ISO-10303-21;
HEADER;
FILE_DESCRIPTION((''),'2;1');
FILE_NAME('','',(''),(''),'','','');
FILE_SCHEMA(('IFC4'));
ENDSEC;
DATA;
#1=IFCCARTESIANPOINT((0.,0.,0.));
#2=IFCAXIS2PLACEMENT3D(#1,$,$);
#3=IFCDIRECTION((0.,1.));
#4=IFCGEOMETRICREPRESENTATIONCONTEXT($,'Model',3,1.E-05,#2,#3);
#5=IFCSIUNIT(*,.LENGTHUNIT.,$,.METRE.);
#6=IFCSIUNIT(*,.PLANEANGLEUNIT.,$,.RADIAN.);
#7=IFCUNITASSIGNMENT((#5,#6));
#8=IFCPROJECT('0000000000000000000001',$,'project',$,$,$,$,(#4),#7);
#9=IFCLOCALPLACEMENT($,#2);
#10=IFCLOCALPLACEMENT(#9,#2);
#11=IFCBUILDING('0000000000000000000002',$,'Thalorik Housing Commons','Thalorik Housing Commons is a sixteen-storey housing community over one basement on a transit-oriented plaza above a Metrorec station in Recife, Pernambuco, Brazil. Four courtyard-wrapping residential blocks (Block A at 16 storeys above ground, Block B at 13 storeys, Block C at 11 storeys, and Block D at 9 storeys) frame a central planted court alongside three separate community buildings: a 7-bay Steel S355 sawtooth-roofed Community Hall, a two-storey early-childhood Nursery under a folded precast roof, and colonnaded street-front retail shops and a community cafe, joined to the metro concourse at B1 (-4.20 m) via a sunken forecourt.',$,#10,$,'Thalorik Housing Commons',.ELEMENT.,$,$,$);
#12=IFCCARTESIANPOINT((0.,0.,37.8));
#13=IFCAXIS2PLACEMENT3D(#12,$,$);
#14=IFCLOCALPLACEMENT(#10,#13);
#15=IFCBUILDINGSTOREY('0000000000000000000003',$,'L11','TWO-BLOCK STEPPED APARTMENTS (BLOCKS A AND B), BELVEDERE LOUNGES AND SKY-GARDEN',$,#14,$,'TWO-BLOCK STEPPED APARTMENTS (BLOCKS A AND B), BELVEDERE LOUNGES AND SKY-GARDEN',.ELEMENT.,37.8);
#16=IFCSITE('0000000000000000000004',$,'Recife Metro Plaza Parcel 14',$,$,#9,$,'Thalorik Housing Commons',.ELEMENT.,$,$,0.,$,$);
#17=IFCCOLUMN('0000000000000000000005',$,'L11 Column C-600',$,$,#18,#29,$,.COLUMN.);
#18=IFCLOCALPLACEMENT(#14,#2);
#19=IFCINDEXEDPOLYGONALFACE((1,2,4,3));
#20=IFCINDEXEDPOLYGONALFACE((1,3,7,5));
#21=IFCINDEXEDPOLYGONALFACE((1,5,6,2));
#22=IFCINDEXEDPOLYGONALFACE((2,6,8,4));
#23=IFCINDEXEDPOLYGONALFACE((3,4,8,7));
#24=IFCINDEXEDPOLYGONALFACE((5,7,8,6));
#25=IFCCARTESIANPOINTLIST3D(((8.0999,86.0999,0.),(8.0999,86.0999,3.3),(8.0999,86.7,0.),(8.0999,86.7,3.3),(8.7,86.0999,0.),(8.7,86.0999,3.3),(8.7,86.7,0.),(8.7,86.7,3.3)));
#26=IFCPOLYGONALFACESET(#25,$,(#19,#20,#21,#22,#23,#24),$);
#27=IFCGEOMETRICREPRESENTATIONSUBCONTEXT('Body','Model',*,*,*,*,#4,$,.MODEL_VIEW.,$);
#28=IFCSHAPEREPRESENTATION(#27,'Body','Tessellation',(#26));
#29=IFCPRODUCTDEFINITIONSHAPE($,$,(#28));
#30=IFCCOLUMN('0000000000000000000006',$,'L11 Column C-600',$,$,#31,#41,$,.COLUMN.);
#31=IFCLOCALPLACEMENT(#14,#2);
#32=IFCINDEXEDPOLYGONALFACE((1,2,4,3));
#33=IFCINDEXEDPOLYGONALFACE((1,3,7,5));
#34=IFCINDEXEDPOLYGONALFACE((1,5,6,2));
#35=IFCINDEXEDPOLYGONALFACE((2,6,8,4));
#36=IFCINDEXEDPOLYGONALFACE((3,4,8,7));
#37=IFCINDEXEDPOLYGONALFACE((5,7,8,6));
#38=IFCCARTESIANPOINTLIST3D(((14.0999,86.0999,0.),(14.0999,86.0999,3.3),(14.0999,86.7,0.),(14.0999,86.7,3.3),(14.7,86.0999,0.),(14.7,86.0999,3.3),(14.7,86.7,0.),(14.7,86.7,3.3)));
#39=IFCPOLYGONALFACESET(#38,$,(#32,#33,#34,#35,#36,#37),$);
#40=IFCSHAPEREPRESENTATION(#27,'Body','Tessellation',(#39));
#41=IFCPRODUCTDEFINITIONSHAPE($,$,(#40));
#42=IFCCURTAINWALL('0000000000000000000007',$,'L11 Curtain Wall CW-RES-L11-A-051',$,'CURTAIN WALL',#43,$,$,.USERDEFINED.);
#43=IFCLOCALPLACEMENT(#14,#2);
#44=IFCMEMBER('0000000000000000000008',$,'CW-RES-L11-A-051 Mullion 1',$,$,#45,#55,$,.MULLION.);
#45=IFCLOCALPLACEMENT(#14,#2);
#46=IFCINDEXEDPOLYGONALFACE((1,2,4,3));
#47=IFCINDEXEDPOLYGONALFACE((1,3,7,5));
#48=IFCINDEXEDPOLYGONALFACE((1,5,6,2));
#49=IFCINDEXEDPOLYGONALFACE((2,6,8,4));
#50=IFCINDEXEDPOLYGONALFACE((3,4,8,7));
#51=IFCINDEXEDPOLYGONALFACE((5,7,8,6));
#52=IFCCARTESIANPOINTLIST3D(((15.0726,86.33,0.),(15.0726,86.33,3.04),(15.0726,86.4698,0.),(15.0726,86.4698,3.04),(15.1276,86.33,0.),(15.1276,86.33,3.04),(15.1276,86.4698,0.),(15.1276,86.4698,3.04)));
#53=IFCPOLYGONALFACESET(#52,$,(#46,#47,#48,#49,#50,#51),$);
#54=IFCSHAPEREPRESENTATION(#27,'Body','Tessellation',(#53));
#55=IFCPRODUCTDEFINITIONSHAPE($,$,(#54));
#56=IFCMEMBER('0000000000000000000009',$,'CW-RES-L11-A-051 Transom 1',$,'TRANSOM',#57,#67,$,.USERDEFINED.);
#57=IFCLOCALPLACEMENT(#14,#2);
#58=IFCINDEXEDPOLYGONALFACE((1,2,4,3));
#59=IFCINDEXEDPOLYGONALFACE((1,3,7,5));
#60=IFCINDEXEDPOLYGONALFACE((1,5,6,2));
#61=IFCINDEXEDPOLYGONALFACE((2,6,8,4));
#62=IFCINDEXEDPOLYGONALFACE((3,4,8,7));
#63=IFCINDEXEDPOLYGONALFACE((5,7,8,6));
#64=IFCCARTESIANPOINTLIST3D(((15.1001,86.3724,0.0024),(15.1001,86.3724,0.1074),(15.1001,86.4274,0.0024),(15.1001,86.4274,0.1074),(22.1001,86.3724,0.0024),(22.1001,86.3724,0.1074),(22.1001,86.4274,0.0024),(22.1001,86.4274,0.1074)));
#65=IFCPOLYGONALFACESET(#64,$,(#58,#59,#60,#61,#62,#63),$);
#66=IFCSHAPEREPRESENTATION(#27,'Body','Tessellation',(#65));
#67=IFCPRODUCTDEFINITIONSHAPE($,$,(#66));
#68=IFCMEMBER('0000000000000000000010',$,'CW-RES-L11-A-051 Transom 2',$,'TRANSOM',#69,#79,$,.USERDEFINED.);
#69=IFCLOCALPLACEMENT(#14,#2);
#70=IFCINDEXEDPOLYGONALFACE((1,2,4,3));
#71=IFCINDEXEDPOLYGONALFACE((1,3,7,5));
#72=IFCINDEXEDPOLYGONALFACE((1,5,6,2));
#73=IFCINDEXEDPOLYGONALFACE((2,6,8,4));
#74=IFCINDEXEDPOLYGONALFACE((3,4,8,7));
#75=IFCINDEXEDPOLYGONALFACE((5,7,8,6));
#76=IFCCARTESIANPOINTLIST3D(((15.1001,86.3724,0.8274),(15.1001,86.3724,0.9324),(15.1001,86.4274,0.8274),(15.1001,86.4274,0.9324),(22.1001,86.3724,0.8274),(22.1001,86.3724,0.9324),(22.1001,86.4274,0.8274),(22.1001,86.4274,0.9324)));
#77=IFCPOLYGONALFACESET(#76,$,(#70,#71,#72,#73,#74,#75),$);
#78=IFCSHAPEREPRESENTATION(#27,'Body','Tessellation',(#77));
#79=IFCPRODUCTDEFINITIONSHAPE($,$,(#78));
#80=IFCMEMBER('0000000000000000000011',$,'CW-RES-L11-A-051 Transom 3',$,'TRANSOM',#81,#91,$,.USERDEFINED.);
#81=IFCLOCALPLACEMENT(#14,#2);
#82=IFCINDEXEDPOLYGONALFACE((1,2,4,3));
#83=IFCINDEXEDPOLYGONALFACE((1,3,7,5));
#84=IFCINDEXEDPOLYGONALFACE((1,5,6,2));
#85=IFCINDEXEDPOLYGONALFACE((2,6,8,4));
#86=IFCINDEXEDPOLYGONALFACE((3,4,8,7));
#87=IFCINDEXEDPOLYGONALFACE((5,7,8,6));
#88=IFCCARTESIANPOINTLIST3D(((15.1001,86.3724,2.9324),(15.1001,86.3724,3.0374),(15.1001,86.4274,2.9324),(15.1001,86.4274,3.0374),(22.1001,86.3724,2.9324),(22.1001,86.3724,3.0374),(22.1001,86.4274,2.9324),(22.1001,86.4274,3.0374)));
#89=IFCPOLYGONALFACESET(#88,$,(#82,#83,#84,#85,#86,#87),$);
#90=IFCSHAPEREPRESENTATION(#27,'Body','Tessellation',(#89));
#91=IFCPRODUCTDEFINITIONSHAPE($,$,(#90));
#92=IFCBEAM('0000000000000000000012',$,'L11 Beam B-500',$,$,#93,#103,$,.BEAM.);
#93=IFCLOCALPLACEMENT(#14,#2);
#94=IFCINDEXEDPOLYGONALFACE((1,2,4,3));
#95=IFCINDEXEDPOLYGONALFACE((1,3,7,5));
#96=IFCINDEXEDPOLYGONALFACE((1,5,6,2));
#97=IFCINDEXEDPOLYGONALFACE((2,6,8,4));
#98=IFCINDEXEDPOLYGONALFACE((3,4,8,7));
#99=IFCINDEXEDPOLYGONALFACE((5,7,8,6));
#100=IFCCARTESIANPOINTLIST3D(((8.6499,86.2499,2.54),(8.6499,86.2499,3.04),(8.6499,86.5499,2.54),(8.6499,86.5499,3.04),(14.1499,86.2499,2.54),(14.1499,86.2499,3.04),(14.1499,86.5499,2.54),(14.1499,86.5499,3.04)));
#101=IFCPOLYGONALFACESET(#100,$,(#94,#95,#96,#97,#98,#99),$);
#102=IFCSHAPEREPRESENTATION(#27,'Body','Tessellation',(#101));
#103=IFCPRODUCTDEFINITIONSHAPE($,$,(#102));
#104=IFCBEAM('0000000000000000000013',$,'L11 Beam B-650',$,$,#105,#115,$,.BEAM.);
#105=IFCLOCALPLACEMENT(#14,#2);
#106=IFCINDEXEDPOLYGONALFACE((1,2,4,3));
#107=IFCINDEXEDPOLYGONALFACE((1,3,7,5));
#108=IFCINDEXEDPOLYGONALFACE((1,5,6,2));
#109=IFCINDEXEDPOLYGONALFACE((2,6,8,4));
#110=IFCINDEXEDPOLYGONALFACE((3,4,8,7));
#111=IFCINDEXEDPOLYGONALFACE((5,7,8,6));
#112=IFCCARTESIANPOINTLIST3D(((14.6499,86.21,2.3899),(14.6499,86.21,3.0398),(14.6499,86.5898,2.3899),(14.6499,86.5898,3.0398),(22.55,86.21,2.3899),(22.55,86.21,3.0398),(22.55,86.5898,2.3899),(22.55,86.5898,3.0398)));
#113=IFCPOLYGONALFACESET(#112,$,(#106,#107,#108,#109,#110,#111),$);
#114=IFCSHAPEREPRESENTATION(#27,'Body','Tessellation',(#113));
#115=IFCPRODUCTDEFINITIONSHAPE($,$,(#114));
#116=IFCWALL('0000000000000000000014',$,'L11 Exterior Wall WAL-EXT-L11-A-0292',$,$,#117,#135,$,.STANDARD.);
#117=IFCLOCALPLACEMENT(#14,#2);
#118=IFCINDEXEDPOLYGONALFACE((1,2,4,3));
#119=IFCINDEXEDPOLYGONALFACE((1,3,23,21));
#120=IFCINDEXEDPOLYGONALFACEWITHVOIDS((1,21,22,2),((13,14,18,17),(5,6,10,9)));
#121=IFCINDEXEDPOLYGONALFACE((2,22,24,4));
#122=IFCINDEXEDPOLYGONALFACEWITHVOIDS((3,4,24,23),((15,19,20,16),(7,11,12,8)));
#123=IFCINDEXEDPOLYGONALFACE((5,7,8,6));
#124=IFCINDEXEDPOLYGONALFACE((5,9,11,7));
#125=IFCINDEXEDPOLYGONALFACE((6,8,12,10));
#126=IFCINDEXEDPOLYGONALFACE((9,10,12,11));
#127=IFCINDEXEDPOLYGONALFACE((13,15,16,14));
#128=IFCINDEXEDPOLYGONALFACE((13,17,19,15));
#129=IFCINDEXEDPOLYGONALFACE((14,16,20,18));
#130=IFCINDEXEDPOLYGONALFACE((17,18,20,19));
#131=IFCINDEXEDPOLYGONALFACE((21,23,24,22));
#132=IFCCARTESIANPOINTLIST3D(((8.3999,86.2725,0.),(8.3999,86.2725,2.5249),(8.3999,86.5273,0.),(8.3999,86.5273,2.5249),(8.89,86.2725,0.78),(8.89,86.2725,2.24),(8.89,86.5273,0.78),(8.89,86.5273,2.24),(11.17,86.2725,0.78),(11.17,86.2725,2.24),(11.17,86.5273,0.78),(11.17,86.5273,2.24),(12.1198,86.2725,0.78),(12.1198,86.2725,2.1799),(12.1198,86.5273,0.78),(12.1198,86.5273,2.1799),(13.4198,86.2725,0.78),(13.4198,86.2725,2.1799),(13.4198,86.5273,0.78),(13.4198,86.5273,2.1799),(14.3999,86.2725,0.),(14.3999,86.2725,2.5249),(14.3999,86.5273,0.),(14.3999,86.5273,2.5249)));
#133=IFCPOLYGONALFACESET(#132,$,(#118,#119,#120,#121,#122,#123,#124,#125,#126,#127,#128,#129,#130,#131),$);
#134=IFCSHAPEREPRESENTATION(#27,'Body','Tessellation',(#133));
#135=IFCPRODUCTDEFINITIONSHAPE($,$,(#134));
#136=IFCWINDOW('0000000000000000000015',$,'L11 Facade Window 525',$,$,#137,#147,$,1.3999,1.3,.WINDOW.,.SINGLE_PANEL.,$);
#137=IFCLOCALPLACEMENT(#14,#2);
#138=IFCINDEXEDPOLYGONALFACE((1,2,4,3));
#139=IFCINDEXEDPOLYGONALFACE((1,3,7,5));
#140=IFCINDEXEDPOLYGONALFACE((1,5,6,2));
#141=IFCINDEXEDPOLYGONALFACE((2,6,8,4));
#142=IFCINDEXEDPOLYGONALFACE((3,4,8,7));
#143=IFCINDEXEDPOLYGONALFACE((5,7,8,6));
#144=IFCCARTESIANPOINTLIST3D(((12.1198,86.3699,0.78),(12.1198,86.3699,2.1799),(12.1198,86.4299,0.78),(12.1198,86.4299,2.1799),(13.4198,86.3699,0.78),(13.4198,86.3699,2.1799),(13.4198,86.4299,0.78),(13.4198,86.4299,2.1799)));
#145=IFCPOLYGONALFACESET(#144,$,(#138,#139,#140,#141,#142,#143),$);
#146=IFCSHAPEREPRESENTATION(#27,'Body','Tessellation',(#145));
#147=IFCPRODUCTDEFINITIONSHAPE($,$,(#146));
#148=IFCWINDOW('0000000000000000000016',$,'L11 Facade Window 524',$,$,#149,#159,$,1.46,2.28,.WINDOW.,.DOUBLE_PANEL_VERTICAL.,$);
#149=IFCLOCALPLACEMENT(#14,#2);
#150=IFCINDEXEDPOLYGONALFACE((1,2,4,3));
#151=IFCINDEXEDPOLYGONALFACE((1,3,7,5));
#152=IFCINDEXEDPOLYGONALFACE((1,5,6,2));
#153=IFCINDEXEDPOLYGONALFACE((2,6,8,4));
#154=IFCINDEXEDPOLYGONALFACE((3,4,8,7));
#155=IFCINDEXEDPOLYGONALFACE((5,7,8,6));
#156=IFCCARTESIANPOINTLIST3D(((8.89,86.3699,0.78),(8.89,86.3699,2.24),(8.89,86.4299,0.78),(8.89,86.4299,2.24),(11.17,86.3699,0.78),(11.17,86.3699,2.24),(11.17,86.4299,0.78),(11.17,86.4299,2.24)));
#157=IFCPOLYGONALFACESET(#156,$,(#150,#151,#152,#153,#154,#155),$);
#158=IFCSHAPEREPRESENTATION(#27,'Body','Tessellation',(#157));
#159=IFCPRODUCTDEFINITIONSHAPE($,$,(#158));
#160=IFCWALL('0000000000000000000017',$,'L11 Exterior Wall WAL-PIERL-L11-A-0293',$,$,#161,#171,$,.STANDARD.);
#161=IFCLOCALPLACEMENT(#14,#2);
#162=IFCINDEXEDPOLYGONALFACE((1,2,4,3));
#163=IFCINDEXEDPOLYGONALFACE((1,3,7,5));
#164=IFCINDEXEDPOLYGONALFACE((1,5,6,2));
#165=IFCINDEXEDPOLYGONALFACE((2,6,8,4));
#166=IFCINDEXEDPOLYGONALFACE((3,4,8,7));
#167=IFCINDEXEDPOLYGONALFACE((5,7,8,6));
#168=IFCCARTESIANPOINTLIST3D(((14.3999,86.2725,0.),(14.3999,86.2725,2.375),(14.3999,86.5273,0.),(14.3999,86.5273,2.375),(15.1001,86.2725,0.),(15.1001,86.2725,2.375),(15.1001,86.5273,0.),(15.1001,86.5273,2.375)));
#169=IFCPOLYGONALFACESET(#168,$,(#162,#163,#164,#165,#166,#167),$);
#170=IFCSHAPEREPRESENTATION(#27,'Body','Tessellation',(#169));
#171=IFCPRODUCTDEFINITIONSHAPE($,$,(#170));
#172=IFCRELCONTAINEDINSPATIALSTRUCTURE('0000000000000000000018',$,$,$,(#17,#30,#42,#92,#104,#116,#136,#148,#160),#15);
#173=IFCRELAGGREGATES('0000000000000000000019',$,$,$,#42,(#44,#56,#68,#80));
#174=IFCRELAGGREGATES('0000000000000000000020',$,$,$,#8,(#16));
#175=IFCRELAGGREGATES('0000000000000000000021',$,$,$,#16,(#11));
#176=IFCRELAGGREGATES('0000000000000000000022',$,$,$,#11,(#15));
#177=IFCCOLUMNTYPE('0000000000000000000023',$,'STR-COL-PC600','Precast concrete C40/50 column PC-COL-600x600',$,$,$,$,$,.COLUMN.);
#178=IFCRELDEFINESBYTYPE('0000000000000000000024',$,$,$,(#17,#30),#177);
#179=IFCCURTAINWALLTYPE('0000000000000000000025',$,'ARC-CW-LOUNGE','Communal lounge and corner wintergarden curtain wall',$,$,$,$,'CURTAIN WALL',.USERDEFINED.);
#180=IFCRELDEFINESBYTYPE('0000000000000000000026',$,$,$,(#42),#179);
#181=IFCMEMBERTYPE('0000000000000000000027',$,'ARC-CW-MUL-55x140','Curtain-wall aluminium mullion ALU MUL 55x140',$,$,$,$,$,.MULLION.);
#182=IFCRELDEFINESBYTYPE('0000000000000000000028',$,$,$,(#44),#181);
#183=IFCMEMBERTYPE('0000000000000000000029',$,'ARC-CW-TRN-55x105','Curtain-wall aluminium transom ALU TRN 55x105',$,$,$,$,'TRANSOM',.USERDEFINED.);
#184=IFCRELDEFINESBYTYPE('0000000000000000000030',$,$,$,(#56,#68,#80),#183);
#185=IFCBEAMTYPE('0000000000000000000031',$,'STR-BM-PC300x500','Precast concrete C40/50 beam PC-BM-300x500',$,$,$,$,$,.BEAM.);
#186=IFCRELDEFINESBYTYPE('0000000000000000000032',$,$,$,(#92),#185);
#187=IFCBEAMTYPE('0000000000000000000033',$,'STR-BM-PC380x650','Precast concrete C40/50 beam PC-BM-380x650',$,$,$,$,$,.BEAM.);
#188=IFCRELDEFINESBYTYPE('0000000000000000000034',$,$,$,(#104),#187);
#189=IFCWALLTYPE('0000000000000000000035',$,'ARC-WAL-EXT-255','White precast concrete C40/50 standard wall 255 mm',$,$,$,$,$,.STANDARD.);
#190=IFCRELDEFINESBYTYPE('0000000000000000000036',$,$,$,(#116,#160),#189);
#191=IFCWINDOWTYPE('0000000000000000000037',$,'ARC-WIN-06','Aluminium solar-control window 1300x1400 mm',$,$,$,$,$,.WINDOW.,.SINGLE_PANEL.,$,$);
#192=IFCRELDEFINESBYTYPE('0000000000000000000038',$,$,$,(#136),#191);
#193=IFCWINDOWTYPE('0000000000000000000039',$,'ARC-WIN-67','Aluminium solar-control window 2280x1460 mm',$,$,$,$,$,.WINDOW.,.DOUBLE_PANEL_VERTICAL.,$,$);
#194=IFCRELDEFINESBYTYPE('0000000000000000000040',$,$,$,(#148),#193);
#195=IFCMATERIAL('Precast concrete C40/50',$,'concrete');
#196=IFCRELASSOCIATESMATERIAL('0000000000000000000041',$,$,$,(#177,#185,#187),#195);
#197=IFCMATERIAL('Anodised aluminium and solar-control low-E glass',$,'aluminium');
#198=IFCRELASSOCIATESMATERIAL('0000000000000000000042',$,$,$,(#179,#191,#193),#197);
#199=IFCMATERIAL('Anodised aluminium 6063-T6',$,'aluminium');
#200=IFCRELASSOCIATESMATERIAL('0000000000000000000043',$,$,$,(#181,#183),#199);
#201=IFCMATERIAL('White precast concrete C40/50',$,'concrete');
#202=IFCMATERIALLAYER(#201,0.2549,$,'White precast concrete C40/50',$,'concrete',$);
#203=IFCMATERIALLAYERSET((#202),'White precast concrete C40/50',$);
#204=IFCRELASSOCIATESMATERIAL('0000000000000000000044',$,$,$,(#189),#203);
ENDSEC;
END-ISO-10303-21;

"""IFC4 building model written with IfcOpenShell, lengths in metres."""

from ifc_helpers import new_model, si_unit, direction, frame, frame_2d, origin, origin_2d, place, context, subcontext, project, spatial, rectangle, extrude, material, layer, layer_set, material_profile, profile_set, type_object, element, fill, aggregate, save


model = new_model("IFC4")

# Units and contexts
model_context = context("Model", 3, precision=1e-05, world=origin(), true_north=direction((0.0, 1.0)))
body_context = subcontext(model_context, "Body", "Model", "MODEL_VIEW")
ifc_project = project(units=[si_unit("LENGTHUNIT", "METRE"), si_unit("PLANEANGLEUNIT", "RADIAN")], contexts=[model_context])

# Site, building, storey
site_placement = place(None, origin())
site = spatial("IfcSite", under=ifc_project, at=site_placement, Name="Recife Metro Plaza Parcel 14", LongName="Thalorik Housing Commons", CompositionType="ELEMENT", RefElevation=0.0)
building_placement = place(site_placement, origin())
building = spatial("IfcBuilding", under=site, at=building_placement, Name="Thalorik Housing Commons", Description="Thalorik Housing Commons is a sixteen-storey housing community over one basement on a transit-oriented plaza above a Metrorec station in Recife, Pernambuco, Brazil. Four courtyard-wrapping residential blocks (Block A at 16 storeys above ground, Block B at 13 storeys, Block C at 11 storeys, and Block D at 9 storeys) frame a central planted court alongside three separate community buildings: a 7-bay Steel S355 sawtooth-roofed Community Hall, a two-storey early-childhood Nursery under a folded precast roof, and colonnaded street-front retail shops and a community cafe, joined to the metro concourse at B1 (-4.20 m) via a sunken forecourt.", LongName="Thalorik Housing Commons", CompositionType="ELEMENT")
storey_placement = place(building_placement, frame((0.0, 0.0, 37.8)))
storey = spatial("IfcBuildingStorey", under=building, at=storey_placement, Name="L11", Description="TWO-BLOCK STEPPED APARTMENTS (BLOCKS A AND B), BELVEDERE LOUNGES AND SKY-GARDEN", LongName="TWO-BLOCK STEPPED APARTMENTS (BLOCKS A AND B), BELVEDERE LOUNGES AND SKY-GARDEN", CompositionType="ELEMENT", Elevation=37.8)

# Columns
ifc_material_1 = material(Name="Precast concrete C40/50", Category="concrete")
ifc_material_profile_1 = material_profile(ifc_material_1, rectangle(XDim=0.6001, YDim=0.6001, at=origin_2d()), Name="PC 600x600", Category="concrete")
ifc_profile_set_1 = profile_set([ifc_material_profile_1], Name="Precast concrete C40/50")
column_type = type_object("IfcColumnType", Name="STR-COL-PC600", Description="Precast concrete C40/50 column PC-COL-600x600", PredefinedType="COLUMN", material=ifc_profile_set_1)
for number, where, z_axis, x_axis, name in (
    (1, (8.3999, 86.3999, 0.0), (0.0, 0.0, 1.0), (1.0, 0.0, 0.0), "L11 Column C-600"),
    (2, (14.3999, 86.3999, 0.0), (0.0, 0.0, 1.0), (1.0, 0.0, 0.0), "L11 Column C-600"),
):
    element("IfcColumn", number, at=place(storey_placement, frame(where, z_axis=z_axis, x_axis=x_axis)), inside=storey, type_object=column_type, Name=name, PredefinedType="COLUMN", context=body_context, shape_type="SweptSolid", body=[
        extrude(rectangle(XDim=0.6001, YDim=0.6001, at=origin_2d()), origin(), (0.0, 0.0, 1.0), 3.3),
    ])

# Curtain wall, members
ifc_material_2 = material(Name="Anodised aluminium and solar-control low-E glass", Category="aluminium")
curtain_wall_type = type_object("IfcCurtainWallType", Name="ARC-CW-LOUNGE", Description="Communal lounge and corner wintergarden curtain wall", ElementType="CURTAIN WALL", PredefinedType="USERDEFINED", material=ifc_material_2)
curtain_wall_placement = place(storey_placement, origin())
curtain_wall = element("IfcCurtainWall", 3, at=curtain_wall_placement, inside=storey, type_object=curtain_wall_type, Name="L11 Curtain Wall CW-RES-L11-A-051", ObjectType="CURTAIN WALL", PredefinedType="USERDEFINED")
ifc_material_3 = material(Name="Anodised aluminium 6063-T6", Category="aluminium")
ifc_material_profile_2 = material_profile(ifc_material_3, rectangle(XDim=0.0549, YDim=0.1399, at=origin_2d()), Name="ALU MUL 55x140", Category="aluminium")
ifc_profile_set_2 = profile_set([ifc_material_profile_2], Name="Anodised aluminium 6063-T6")
member_type_1 = type_object("IfcMemberType", Name="ARC-CW-MUL-55x140", Description="Curtain-wall aluminium mullion ALU MUL 55x140", PredefinedType="MULLION", material=ifc_profile_set_2)
member_1_placement = place(storey_placement, frame((15.1001, 86.3999, 0.0), z_axis=(0.0, 0.0, 1.0), x_axis=(1.0, 0.0, 0.0)))
member_1 = element("IfcMember", 4, at=member_1_placement, type_object=member_type_1, Name="CW-RES-L11-A-051 Mullion 1", PredefinedType="MULLION", context=body_context, shape_type="SweptSolid", body=[
    extrude(rectangle(XDim=0.0549, YDim=0.1399, at=origin_2d()), origin(), (0.0, 0.0, 1.0), 3.04),
])
ifc_material_profile_3 = material_profile(ifc_material_3, rectangle(XDim=0.0549, YDim=0.105, at=origin_2d()), Name="ALU TRN 55x105", Category="aluminium")
ifc_profile_set_3 = profile_set([ifc_material_profile_3], Name="Anodised aluminium 6063-T6")
member_type_2 = type_object("IfcMemberType", Name="ARC-CW-TRN-55x105", Description="Curtain-wall aluminium transom ALU TRN 55x105", ElementType="TRANSOM", PredefinedType="USERDEFINED", material=ifc_profile_set_3)
member_2_placement = place(storey_placement, frame((15.1001, 86.3999, 0.0549), z_axis=(1.0, 0.0, 0.0), x_axis=(0.0, 1.0, 0.0)))
member_2 = element("IfcMember", 5, at=member_2_placement, type_object=member_type_2, Name="CW-RES-L11-A-051 Transom 1", ObjectType="TRANSOM", PredefinedType="USERDEFINED", context=body_context, shape_type="SweptSolid", body=[
    extrude(rectangle(XDim=0.0549, YDim=0.105, at=origin_2d()), origin(), (0.0, 0.0, 1.0), 7.0),
])
member_3_placement = place(storey_placement, frame((15.1001, 86.3999, 0.8799), z_axis=(1.0, 0.0, 0.0), x_axis=(0.0, 1.0, 0.0)))
member_3 = element("IfcMember", 6, at=member_3_placement, type_object=member_type_2, Name="CW-RES-L11-A-051 Transom 2", ObjectType="TRANSOM", PredefinedType="USERDEFINED", context=body_context, shape_type="SweptSolid", body=[
    extrude(rectangle(XDim=0.0549, YDim=0.105, at=origin_2d()), origin(), (0.0, 0.0, 1.0), 7.0),
])
member_4_placement = place(storey_placement, frame((15.1001, 86.3999, 2.9849), z_axis=(1.0, 0.0, 0.0), x_axis=(0.0, 1.0, 0.0)))
member_4 = element("IfcMember", 7, at=member_4_placement, type_object=member_type_2, Name="CW-RES-L11-A-051 Transom 3", ObjectType="TRANSOM", PredefinedType="USERDEFINED", context=body_context, shape_type="SweptSolid", body=[
    extrude(rectangle(XDim=0.0549, YDim=0.105, at=origin_2d()), origin(), (0.0, 0.0, 1.0), 7.0),
])
aggregate(curtain_wall, [member_1, member_2, member_3, member_4])

# Beams
ifc_material_profile_4 = material_profile(ifc_material_1, rectangle(XDim=0.3, YDim=0.5, at=origin_2d()), Name="PC 300x500", Category="concrete")
ifc_profile_set_4 = profile_set([ifc_material_profile_4], Name="Precast concrete C40/50")
beam_type_1 = type_object("IfcBeamType", Name="STR-BM-PC300x500", Description="Precast concrete C40/50 beam PC-BM-300x500", PredefinedType="BEAM", material=ifc_profile_set_4)
beam_1_placement = place(storey_placement, frame((8.6499, 86.3999, 2.79), z_axis=(1.0, 0.0, 0.0), x_axis=(0.0, 1.0, 0.0)))
element("IfcBeam", 8, at=beam_1_placement, inside=storey, type_object=beam_type_1, Name="L11 Beam B-500", PredefinedType="BEAM", context=body_context, shape_type="SweptSolid", body=[
    extrude(rectangle(XDim=0.3, YDim=0.5, at=origin_2d()), origin(), (0.0, 0.0, 1.0), 5.5),
])
ifc_material_profile_5 = material_profile(ifc_material_1, rectangle(XDim=0.3799, YDim=0.6499, at=origin_2d()), Name="PC 380x650", Category="concrete")
ifc_profile_set_5 = profile_set([ifc_material_profile_5], Name="Precast concrete C40/50")
beam_type_2 = type_object("IfcBeamType", Name="STR-BM-PC380x650", Description="Precast concrete C40/50 beam PC-BM-380x650", PredefinedType="BEAM", material=ifc_profile_set_5)
beam_2_placement = place(storey_placement, frame((14.6499, 86.3999, 2.7148), z_axis=(1.0, 0.0, 0.0), x_axis=(0.0, 1.0, 0.0)))
element("IfcBeam", 9, at=beam_2_placement, inside=storey, type_object=beam_type_2, Name="L11 Beam B-650", PredefinedType="BEAM", context=body_context, shape_type="SweptSolid", body=[
    extrude(rectangle(XDim=0.3799, YDim=0.6499, at=origin_2d()), origin(), (0.0, 0.0, 1.0), 7.9001),
])

# Wall, openings, windows
ifc_material_4 = material(Name="White precast concrete C40/50", Category="concrete")
ifc_layer_1 = layer(ifc_material_4, 0.2549, Name="White precast concrete C40/50", Category="concrete")
ifc_layer_set_1 = layer_set([ifc_layer_1], Name="White precast concrete C40/50")
wall_type = type_object("IfcWallType", Name="ARC-WAL-EXT-255", Description="White precast concrete C40/50 standard wall 255 mm", PredefinedType="STANDARD", material=ifc_layer_set_1)
wall_1_placement = place(storey_placement, frame((8.3999, 86.3999, 0.0), z_axis=(0.0, 0.0, 1.0), x_axis=(1.0, 0.0, 0.0)))
wall_1 = element("IfcWall", 10, at=wall_1_placement, inside=storey, type_object=wall_type, Name="L11 Exterior Wall WAL-EXT-L11-A-0292", PredefinedType="STANDARD", context=body_context, shape_type="SweptSolid", body=[
    extrude(rectangle(XDim=6.0, YDim=0.2549, at=frame_2d((3.0, 0.0))), origin(), (0.0, 0.0, 1.0), 2.5249),
])
opening_1_placement = place(wall_1_placement, frame((0.49, 0.0, 0.78)))
opening_1 = element("IfcOpeningElement", 11, at=opening_1_placement, cuts=wall_1, PredefinedType="OPENING", context=body_context, shape_type="SweptSolid", body=[
    extrude(rectangle(XDim=2.28, YDim=1.46, at=frame_2d((1.1401, 0.73))), frame((0.0, 0.1375, 0.0), z_axis=(0.0, -1.0, 0.0), x_axis=(1.0, 0.0, 0.0)), (0.0, 0.0, 1.0), 0.2749),
])
opening_2_placement = place(wall_1_placement, frame((3.72, 0.0, 0.78)))
opening_2 = element("IfcOpeningElement", 12, at=opening_2_placement, cuts=wall_1, PredefinedType="OPENING", context=body_context, shape_type="SweptSolid", body=[
    extrude(rectangle(XDim=1.3, YDim=1.3999, at=frame_2d((0.6499, 0.7))), frame((0.0, 0.1375, 0.0), z_axis=(0.0, -1.0, 0.0), x_axis=(1.0, 0.0, 0.0)), (0.0, 0.0, 1.0), 0.2749),
])
window_type_1 = type_object("IfcWindowType", Name="ARC-WIN-06", Description="Aluminium solar-control window 1300x1400 mm", PartitioningType="SINGLE_PANEL", PredefinedType="WINDOW", material=ifc_material_2)
window_1_placement = place(opening_2_placement, origin())
window_1 = element("IfcWindow", 13, at=window_1_placement, inside=storey, type_object=window_type_1, Name="L11 Facade Window 525", OverallHeight=1.3999, OverallWidth=1.3, PartitioningType="SINGLE_PANEL", PredefinedType="WINDOW", context=body_context, shape_type="SweptSolid", body=[
    extrude(rectangle(XDim=1.3, YDim=1.3999, at=frame_2d((0.6499, 0.7))), frame((0.0, 0.03, 0.0), z_axis=(0.0, -1.0, 0.0), x_axis=(1.0, 0.0, 0.0)), (0.0, 0.0, 1.0), 0.0601),
])
fill(opening_2, window_1)
window_type_2 = type_object("IfcWindowType", Name="ARC-WIN-67", Description="Aluminium solar-control window 2280x1460 mm", PartitioningType="DOUBLE_PANEL_VERTICAL", PredefinedType="WINDOW", material=ifc_material_2)
window_2_placement = place(opening_1_placement, origin())
window_2 = element("IfcWindow", 14, at=window_2_placement, inside=storey, type_object=window_type_2, Name="L11 Facade Window 524", OverallHeight=1.46, OverallWidth=2.28, PartitioningType="DOUBLE_PANEL_VERTICAL", PredefinedType="WINDOW", context=body_context, shape_type="SweptSolid", body=[
    extrude(rectangle(XDim=2.28, YDim=1.46, at=frame_2d((1.1401, 0.73))), frame((0.0, 0.03, 0.0), z_axis=(0.0, -1.0, 0.0), x_axis=(1.0, 0.0, 0.0)), (0.0, 0.0, 1.0), 0.0601),
])
fill(opening_1, window_2)

# Wall
wall_2_placement = place(storey_placement, frame((14.3999, 86.3999, 0.0), z_axis=(0.0, 0.0, 1.0), x_axis=(1.0, 0.0, 0.0)))
element("IfcWall", 15, at=wall_2_placement, inside=storey, type_object=wall_type, Name="L11 Exterior Wall WAL-PIERL-L11-A-0293", PredefinedType="STANDARD", context=body_context, shape_type="SweptSolid", body=[
    extrude(rectangle(XDim=0.7002, YDim=0.2549, at=frame_2d((0.3501, 0.0))), origin(), (0.0, 0.0, 1.0), 2.375),
])

save(model, "model.ifc")
